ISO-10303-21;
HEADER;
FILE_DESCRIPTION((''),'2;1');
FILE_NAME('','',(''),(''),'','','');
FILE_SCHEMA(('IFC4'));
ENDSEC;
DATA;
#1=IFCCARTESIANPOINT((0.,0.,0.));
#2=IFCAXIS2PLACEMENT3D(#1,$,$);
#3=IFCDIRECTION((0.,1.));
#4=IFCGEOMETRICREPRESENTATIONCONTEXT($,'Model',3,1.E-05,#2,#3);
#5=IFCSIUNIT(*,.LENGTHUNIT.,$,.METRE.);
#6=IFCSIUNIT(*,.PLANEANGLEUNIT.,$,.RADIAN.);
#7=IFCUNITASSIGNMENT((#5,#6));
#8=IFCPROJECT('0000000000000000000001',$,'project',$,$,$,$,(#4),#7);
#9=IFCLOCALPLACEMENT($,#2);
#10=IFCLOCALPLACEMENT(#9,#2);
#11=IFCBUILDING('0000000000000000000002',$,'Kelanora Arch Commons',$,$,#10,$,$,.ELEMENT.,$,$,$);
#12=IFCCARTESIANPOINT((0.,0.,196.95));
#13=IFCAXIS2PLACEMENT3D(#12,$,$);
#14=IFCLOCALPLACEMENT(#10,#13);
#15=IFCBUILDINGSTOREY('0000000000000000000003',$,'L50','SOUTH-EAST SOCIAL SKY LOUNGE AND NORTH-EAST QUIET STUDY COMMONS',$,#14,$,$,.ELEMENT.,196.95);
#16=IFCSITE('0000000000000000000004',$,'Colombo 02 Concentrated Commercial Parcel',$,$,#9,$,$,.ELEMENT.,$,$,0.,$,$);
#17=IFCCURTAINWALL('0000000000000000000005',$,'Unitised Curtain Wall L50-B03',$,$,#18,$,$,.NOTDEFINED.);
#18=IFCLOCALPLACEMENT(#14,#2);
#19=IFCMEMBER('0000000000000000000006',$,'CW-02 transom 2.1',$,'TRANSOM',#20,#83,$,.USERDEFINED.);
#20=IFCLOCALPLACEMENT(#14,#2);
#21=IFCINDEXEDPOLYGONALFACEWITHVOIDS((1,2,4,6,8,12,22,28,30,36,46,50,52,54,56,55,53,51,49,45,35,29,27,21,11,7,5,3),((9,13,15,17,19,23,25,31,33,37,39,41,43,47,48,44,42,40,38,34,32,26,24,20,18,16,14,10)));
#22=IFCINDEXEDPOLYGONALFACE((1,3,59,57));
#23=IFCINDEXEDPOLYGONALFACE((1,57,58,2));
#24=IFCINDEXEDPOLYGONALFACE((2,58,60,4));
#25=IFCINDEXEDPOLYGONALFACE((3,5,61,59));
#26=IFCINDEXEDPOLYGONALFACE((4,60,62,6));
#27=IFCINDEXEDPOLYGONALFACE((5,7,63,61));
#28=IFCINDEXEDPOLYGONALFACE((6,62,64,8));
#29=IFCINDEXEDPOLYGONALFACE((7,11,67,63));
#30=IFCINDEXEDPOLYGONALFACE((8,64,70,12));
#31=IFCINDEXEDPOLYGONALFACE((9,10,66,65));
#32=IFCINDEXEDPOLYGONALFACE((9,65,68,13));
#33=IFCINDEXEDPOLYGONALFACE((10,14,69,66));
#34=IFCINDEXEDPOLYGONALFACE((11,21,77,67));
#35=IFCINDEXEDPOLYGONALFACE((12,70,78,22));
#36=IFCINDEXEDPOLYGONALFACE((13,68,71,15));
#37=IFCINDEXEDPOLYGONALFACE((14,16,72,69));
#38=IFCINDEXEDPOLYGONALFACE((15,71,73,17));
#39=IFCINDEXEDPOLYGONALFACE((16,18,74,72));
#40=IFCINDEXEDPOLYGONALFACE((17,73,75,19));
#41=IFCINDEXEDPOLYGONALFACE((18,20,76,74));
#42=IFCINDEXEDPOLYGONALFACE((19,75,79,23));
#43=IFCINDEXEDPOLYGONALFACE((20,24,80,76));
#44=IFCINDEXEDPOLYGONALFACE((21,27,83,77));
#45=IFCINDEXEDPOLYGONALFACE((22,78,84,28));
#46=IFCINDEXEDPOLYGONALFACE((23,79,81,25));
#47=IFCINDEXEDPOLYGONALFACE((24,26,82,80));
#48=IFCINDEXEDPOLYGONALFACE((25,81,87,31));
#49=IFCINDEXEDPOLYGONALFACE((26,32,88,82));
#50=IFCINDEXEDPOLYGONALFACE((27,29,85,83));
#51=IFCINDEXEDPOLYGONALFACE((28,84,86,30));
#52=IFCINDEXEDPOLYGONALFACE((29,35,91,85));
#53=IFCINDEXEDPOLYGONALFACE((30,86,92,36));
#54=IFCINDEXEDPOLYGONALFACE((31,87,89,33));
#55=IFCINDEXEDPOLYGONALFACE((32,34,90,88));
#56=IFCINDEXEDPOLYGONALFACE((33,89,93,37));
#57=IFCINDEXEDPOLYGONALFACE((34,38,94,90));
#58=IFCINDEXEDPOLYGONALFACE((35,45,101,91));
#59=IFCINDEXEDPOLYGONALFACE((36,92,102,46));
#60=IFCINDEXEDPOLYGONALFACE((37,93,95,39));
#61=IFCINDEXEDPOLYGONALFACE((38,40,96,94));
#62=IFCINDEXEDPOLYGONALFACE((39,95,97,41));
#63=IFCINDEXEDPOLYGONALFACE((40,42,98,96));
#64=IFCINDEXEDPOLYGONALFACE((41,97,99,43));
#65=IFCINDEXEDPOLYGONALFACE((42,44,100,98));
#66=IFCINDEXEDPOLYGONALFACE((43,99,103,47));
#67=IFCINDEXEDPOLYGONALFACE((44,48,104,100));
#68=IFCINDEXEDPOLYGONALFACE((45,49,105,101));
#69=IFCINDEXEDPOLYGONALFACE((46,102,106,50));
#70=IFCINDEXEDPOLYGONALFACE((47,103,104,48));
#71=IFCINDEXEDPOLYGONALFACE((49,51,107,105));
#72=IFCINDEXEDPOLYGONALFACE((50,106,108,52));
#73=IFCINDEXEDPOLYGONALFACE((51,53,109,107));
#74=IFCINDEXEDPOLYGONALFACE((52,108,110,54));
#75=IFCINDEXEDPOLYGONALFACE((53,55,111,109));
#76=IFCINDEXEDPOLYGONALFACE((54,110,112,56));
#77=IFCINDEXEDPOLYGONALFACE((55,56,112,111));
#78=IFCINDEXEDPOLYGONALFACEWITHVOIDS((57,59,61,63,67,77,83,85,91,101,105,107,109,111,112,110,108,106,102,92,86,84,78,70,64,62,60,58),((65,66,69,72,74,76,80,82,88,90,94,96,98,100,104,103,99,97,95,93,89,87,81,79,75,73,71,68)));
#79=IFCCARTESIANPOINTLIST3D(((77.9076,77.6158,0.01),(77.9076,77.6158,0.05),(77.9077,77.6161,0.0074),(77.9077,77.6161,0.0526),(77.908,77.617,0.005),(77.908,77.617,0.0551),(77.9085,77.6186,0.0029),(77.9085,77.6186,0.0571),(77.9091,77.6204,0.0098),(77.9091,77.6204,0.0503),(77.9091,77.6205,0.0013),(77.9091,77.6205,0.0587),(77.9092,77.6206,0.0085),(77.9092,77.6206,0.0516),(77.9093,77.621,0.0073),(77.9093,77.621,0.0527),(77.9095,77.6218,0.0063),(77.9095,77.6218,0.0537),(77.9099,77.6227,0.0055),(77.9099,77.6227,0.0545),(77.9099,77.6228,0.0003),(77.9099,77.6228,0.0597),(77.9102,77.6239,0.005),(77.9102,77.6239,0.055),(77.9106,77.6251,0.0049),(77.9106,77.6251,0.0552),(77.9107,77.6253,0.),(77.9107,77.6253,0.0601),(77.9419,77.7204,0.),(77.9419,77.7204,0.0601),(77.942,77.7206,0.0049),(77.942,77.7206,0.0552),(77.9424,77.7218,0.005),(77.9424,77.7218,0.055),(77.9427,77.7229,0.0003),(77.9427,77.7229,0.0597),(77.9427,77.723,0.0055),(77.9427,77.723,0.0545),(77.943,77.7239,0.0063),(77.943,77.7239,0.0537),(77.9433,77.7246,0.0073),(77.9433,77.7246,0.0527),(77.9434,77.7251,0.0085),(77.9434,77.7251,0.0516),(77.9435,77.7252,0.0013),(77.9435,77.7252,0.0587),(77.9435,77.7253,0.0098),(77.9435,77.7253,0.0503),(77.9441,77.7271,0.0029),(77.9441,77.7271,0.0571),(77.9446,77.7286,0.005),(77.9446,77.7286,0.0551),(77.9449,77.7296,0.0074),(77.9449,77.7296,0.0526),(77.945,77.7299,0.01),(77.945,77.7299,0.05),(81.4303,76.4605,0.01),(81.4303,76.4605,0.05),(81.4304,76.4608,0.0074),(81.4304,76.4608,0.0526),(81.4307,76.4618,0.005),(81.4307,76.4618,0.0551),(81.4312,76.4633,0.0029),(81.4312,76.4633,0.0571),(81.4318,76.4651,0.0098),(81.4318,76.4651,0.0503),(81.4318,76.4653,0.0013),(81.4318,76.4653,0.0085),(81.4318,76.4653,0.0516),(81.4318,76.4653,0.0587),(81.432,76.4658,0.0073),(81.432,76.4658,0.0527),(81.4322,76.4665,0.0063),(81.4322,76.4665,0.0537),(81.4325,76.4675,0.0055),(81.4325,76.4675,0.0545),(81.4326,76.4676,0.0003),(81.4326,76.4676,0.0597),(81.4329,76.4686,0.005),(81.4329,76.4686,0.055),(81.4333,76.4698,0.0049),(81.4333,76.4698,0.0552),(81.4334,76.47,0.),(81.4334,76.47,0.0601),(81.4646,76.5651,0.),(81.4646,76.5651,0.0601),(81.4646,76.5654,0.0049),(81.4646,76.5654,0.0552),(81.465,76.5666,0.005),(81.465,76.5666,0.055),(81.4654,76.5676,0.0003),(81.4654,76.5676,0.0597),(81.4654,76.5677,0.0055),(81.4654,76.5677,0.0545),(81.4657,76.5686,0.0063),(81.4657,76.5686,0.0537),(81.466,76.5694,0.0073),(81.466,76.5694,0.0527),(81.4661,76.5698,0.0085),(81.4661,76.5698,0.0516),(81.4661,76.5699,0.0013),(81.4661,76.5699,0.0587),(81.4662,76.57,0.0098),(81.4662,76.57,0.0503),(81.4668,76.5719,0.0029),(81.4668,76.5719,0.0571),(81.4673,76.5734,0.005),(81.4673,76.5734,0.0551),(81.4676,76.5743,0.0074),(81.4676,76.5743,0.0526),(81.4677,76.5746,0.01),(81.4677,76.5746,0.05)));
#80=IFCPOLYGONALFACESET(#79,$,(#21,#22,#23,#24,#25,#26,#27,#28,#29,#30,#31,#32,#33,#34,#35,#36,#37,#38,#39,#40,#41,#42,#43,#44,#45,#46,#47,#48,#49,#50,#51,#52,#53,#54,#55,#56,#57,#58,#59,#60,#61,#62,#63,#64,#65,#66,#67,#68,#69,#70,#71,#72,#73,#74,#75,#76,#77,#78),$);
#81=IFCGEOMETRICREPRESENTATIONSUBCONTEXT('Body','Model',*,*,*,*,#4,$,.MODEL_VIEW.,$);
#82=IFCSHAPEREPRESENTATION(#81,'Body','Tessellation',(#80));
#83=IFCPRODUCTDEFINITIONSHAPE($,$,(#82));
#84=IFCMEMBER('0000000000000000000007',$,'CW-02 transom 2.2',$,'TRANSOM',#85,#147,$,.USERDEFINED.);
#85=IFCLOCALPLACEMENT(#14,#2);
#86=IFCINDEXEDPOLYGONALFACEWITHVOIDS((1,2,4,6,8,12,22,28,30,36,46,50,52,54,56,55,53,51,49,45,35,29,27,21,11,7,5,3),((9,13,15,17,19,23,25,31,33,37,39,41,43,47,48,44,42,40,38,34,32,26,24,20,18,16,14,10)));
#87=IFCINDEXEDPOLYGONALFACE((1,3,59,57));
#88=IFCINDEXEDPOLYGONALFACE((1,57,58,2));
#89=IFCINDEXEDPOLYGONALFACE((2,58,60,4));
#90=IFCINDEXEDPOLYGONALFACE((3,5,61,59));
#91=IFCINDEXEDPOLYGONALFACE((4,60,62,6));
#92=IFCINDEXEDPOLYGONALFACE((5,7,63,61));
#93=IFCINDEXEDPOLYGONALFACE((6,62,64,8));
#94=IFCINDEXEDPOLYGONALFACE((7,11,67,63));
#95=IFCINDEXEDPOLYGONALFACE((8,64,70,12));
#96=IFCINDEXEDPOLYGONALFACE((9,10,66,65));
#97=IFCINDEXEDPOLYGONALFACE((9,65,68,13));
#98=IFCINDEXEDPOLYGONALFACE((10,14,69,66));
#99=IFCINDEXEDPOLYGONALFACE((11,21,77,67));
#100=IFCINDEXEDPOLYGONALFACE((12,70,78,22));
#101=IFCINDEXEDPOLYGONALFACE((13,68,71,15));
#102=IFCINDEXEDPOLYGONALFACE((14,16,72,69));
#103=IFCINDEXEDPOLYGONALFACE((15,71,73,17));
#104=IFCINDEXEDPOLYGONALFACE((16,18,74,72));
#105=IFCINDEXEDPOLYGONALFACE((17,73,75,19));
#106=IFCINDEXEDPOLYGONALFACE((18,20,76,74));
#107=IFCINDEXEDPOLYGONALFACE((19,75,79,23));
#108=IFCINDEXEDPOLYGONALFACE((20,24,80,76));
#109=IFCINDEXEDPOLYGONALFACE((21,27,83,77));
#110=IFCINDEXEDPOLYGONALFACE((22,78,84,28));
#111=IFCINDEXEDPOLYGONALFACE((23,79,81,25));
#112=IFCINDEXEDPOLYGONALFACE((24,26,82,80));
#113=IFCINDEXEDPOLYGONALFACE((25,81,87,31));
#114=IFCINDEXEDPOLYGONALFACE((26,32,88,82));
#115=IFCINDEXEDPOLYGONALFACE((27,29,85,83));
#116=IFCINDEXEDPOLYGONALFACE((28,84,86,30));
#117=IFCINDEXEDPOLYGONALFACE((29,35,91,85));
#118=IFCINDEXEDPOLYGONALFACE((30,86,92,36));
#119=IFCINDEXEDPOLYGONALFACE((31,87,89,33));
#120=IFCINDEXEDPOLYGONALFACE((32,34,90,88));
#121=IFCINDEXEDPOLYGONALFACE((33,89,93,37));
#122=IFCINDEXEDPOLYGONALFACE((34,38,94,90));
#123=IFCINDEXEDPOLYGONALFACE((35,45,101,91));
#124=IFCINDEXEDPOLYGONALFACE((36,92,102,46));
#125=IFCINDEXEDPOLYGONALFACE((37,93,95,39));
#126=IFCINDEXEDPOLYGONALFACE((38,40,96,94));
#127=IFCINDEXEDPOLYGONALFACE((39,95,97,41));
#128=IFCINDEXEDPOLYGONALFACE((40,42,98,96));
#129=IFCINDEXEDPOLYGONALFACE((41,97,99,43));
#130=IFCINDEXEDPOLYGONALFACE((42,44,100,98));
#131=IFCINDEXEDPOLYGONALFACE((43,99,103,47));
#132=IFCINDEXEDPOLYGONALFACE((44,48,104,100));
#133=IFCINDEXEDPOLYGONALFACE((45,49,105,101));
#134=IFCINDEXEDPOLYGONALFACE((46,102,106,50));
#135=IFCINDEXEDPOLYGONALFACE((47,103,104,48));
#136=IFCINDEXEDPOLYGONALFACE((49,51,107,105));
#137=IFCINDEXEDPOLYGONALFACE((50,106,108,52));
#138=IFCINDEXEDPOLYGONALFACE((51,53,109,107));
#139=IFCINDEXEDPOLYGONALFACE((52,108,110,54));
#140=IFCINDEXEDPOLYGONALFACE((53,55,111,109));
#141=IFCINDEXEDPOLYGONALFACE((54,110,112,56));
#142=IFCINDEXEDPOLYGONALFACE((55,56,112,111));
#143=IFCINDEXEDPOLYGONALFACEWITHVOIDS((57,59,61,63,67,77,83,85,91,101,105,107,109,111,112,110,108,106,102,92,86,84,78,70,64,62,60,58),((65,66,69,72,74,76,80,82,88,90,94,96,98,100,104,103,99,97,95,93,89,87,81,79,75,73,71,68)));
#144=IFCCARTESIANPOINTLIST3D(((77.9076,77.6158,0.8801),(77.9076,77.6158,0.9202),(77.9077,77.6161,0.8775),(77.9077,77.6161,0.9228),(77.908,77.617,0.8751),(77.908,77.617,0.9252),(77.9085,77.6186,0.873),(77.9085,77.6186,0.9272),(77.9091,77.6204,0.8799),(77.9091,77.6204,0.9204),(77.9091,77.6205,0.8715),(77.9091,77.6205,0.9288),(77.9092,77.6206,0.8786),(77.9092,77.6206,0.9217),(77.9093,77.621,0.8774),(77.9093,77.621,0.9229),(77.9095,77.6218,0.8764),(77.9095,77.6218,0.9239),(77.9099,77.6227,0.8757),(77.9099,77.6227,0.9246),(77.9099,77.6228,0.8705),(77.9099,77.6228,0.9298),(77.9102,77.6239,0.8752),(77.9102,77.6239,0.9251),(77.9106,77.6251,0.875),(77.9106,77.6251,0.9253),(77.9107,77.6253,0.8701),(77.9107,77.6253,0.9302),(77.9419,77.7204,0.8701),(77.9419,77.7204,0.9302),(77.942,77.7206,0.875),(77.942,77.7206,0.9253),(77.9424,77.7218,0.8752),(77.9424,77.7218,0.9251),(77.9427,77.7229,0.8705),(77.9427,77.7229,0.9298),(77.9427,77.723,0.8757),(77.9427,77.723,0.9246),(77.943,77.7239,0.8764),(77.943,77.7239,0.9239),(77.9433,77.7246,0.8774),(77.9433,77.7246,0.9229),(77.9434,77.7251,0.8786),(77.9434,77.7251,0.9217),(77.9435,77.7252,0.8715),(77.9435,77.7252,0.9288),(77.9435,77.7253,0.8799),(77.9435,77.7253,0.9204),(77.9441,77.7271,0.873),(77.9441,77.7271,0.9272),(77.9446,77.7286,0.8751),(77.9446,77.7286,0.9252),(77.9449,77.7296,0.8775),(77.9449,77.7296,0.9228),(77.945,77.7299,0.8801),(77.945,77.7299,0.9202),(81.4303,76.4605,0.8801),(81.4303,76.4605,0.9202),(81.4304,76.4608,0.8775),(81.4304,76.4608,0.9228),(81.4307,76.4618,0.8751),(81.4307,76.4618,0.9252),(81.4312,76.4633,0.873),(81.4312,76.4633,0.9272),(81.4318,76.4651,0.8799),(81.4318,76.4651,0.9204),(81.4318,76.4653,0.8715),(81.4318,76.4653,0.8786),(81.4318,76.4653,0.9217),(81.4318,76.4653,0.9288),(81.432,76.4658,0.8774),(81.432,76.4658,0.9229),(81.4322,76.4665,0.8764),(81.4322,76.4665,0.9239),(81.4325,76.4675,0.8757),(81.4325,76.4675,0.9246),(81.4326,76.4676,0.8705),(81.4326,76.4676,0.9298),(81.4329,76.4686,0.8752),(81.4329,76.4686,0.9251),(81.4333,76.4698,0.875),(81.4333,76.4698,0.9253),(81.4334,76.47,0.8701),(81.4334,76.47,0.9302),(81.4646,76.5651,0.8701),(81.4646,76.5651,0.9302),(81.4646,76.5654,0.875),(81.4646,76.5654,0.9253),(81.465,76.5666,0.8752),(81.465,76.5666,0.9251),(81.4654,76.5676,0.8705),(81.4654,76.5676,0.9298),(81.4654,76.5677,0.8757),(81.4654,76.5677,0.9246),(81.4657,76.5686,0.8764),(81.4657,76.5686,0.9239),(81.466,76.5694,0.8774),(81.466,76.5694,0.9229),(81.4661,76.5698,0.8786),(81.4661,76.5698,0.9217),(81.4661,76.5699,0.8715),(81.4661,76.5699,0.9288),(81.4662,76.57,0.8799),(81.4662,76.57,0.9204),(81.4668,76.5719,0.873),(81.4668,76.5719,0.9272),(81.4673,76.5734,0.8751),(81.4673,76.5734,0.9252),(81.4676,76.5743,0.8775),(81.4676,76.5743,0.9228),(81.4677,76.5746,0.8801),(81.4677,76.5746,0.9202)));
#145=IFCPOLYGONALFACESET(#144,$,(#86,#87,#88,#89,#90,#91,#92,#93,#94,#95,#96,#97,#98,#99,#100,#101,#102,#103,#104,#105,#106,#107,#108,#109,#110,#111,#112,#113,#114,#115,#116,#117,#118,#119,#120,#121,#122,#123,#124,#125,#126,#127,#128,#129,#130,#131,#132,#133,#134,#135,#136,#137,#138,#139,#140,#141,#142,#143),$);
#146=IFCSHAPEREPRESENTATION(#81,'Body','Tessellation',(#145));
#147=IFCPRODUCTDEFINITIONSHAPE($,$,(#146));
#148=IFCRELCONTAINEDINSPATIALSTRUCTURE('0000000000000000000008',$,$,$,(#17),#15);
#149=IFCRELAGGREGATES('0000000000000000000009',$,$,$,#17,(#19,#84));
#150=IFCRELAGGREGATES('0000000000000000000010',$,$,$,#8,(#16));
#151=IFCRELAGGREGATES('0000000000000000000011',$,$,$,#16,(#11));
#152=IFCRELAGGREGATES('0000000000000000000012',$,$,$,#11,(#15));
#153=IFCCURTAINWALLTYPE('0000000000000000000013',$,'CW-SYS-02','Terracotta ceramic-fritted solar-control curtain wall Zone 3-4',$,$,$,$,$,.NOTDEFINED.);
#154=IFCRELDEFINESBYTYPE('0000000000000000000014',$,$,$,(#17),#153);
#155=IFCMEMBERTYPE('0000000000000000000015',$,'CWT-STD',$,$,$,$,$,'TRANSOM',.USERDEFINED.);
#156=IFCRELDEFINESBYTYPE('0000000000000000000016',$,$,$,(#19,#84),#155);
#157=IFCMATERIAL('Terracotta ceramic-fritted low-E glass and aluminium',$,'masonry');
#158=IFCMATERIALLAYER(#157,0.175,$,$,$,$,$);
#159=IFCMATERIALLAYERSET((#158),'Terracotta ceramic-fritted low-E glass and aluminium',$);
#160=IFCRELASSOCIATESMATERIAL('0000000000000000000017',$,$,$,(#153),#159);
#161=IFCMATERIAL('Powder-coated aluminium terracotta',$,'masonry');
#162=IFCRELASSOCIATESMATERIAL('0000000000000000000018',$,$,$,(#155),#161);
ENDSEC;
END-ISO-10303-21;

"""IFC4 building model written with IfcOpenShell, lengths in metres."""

from ifc_helpers import new_model, si_unit, direction, frame, origin, origin_2d, place, context, subcontext, project, spatial, hollow_rectangle, extrude, material, layer, layer_set, material_profile, profile_set, type_object, element, aggregate, save


model = new_model("IFC4")

# Units and contexts
model_context = context("Model", 3, precision=1e-05, world=origin(), true_north=direction((0.0, 1.0)))
body_context = subcontext(model_context, "Body", "Model", "MODEL_VIEW")
ifc_project = project(units=[si_unit("LENGTHUNIT", "METRE"), si_unit("PLANEANGLEUNIT", "RADIAN")], contexts=[model_context])

# Site, building, storey
site_placement = place(None, origin())
site = spatial("IfcSite", under=ifc_project, at=site_placement, Name="Colombo 02 Concentrated Commercial Parcel", CompositionType="ELEMENT", RefElevation=0.0)
building_placement = place(site_placement, origin())
building = spatial("IfcBuilding", under=site, at=building_placement, Name="Kelanora Arch Commons", CompositionType="ELEMENT")
storey_placement = place(building_placement, frame((0.0, 0.0, 196.95)))
storey = spatial("IfcBuildingStorey", under=building, at=storey_placement, Name="L50", Description="SOUTH-EAST SOCIAL SKY LOUNGE AND NORTH-EAST QUIET STUDY COMMONS", CompositionType="ELEMENT", Elevation=196.95)

# Curtain wall, members
ifc_material_1 = material(Name="Terracotta ceramic-fritted low-E glass and aluminium", Category="masonry")
ifc_layer_1 = layer(ifc_material_1, 0.175)
ifc_layer_set_1 = layer_set([ifc_layer_1], Name="Terracotta ceramic-fritted low-E glass and aluminium")
curtain_wall_type = type_object("IfcCurtainWallType", Name="CW-SYS-02", Description="Terracotta ceramic-fritted solar-control curtain wall Zone 3-4", PredefinedType="NOTDEFINED", material=ifc_layer_set_1)
curtain_wall_placement = place(storey_placement, origin())
curtain_wall = element("IfcCurtainWall", 1, at=curtain_wall_placement, inside=storey, type_object=curtain_wall_type, Name="Unitised Curtain Wall L50-B03", PredefinedType="NOTDEFINED")
ifc_material_2 = material(Name="Powder-coated aluminium terracotta", Category="masonry")
ifc_material_profile_1 = material_profile(ifc_material_2, hollow_rectangle(XDim=0.1201, YDim=0.0601, WallThickness=0.0049, InnerFilletRadius=0.0049, OuterFilletRadius=0.01, at=origin_2d()), Name="CWT120x60")
ifc_profile_set_1 = profile_set([ifc_material_profile_1], Name="Powder-coated aluminium terracotta")
member_type_1 = type_object("IfcMemberType", Name="CWT-STD", ElementType="TRANSOM", PredefinedType="USERDEFINED", material=ifc_profile_set_1)
member_1_placement = place(storey_placement, frame((81.449, 76.5176, 0.03), z_axis=(-0.950207, 0.311621, 0.0), x_axis=(-0.311621, -0.950207, 0.0)))
member_1 = element("IfcMember", 2, at=member_1_placement, type_object=member_type_1, Name="CW-02 transom 2.1", ObjectType="TRANSOM", PredefinedType="USERDEFINED", context=body_context, shape_type="SweptSolid", body=[
    extrude(hollow_rectangle(XDim=0.1201, YDim=0.0601, WallThickness=0.0049, InnerFilletRadius=0.0049, OuterFilletRadius=0.01, at=origin_2d()), origin(), (0.0, 0.0, 1.0), 3.7073),
])
member_2_placement = place(storey_placement, frame((81.449, 76.5176, 0.9001), z_axis=(-0.950207, 0.311621, 0.0), x_axis=(-0.311621, -0.950207, 0.0)))
member_2 = element("IfcMember", 3, at=member_2_placement, type_object=member_type_1, Name="CW-02 transom 2.2", ObjectType="TRANSOM", PredefinedType="USERDEFINED", context=body_context, shape_type="SweptSolid", body=[
    extrude(hollow_rectangle(XDim=0.1201, YDim=0.0601, WallThickness=0.0049, InnerFilletRadius=0.0049, OuterFilletRadius=0.01, at=origin_2d()), origin(), (0.0, 0.0, 1.0), 3.7073),
])
aggregate(curtain_wall, [member_1, member_2])

save(model, "model.ifc")
